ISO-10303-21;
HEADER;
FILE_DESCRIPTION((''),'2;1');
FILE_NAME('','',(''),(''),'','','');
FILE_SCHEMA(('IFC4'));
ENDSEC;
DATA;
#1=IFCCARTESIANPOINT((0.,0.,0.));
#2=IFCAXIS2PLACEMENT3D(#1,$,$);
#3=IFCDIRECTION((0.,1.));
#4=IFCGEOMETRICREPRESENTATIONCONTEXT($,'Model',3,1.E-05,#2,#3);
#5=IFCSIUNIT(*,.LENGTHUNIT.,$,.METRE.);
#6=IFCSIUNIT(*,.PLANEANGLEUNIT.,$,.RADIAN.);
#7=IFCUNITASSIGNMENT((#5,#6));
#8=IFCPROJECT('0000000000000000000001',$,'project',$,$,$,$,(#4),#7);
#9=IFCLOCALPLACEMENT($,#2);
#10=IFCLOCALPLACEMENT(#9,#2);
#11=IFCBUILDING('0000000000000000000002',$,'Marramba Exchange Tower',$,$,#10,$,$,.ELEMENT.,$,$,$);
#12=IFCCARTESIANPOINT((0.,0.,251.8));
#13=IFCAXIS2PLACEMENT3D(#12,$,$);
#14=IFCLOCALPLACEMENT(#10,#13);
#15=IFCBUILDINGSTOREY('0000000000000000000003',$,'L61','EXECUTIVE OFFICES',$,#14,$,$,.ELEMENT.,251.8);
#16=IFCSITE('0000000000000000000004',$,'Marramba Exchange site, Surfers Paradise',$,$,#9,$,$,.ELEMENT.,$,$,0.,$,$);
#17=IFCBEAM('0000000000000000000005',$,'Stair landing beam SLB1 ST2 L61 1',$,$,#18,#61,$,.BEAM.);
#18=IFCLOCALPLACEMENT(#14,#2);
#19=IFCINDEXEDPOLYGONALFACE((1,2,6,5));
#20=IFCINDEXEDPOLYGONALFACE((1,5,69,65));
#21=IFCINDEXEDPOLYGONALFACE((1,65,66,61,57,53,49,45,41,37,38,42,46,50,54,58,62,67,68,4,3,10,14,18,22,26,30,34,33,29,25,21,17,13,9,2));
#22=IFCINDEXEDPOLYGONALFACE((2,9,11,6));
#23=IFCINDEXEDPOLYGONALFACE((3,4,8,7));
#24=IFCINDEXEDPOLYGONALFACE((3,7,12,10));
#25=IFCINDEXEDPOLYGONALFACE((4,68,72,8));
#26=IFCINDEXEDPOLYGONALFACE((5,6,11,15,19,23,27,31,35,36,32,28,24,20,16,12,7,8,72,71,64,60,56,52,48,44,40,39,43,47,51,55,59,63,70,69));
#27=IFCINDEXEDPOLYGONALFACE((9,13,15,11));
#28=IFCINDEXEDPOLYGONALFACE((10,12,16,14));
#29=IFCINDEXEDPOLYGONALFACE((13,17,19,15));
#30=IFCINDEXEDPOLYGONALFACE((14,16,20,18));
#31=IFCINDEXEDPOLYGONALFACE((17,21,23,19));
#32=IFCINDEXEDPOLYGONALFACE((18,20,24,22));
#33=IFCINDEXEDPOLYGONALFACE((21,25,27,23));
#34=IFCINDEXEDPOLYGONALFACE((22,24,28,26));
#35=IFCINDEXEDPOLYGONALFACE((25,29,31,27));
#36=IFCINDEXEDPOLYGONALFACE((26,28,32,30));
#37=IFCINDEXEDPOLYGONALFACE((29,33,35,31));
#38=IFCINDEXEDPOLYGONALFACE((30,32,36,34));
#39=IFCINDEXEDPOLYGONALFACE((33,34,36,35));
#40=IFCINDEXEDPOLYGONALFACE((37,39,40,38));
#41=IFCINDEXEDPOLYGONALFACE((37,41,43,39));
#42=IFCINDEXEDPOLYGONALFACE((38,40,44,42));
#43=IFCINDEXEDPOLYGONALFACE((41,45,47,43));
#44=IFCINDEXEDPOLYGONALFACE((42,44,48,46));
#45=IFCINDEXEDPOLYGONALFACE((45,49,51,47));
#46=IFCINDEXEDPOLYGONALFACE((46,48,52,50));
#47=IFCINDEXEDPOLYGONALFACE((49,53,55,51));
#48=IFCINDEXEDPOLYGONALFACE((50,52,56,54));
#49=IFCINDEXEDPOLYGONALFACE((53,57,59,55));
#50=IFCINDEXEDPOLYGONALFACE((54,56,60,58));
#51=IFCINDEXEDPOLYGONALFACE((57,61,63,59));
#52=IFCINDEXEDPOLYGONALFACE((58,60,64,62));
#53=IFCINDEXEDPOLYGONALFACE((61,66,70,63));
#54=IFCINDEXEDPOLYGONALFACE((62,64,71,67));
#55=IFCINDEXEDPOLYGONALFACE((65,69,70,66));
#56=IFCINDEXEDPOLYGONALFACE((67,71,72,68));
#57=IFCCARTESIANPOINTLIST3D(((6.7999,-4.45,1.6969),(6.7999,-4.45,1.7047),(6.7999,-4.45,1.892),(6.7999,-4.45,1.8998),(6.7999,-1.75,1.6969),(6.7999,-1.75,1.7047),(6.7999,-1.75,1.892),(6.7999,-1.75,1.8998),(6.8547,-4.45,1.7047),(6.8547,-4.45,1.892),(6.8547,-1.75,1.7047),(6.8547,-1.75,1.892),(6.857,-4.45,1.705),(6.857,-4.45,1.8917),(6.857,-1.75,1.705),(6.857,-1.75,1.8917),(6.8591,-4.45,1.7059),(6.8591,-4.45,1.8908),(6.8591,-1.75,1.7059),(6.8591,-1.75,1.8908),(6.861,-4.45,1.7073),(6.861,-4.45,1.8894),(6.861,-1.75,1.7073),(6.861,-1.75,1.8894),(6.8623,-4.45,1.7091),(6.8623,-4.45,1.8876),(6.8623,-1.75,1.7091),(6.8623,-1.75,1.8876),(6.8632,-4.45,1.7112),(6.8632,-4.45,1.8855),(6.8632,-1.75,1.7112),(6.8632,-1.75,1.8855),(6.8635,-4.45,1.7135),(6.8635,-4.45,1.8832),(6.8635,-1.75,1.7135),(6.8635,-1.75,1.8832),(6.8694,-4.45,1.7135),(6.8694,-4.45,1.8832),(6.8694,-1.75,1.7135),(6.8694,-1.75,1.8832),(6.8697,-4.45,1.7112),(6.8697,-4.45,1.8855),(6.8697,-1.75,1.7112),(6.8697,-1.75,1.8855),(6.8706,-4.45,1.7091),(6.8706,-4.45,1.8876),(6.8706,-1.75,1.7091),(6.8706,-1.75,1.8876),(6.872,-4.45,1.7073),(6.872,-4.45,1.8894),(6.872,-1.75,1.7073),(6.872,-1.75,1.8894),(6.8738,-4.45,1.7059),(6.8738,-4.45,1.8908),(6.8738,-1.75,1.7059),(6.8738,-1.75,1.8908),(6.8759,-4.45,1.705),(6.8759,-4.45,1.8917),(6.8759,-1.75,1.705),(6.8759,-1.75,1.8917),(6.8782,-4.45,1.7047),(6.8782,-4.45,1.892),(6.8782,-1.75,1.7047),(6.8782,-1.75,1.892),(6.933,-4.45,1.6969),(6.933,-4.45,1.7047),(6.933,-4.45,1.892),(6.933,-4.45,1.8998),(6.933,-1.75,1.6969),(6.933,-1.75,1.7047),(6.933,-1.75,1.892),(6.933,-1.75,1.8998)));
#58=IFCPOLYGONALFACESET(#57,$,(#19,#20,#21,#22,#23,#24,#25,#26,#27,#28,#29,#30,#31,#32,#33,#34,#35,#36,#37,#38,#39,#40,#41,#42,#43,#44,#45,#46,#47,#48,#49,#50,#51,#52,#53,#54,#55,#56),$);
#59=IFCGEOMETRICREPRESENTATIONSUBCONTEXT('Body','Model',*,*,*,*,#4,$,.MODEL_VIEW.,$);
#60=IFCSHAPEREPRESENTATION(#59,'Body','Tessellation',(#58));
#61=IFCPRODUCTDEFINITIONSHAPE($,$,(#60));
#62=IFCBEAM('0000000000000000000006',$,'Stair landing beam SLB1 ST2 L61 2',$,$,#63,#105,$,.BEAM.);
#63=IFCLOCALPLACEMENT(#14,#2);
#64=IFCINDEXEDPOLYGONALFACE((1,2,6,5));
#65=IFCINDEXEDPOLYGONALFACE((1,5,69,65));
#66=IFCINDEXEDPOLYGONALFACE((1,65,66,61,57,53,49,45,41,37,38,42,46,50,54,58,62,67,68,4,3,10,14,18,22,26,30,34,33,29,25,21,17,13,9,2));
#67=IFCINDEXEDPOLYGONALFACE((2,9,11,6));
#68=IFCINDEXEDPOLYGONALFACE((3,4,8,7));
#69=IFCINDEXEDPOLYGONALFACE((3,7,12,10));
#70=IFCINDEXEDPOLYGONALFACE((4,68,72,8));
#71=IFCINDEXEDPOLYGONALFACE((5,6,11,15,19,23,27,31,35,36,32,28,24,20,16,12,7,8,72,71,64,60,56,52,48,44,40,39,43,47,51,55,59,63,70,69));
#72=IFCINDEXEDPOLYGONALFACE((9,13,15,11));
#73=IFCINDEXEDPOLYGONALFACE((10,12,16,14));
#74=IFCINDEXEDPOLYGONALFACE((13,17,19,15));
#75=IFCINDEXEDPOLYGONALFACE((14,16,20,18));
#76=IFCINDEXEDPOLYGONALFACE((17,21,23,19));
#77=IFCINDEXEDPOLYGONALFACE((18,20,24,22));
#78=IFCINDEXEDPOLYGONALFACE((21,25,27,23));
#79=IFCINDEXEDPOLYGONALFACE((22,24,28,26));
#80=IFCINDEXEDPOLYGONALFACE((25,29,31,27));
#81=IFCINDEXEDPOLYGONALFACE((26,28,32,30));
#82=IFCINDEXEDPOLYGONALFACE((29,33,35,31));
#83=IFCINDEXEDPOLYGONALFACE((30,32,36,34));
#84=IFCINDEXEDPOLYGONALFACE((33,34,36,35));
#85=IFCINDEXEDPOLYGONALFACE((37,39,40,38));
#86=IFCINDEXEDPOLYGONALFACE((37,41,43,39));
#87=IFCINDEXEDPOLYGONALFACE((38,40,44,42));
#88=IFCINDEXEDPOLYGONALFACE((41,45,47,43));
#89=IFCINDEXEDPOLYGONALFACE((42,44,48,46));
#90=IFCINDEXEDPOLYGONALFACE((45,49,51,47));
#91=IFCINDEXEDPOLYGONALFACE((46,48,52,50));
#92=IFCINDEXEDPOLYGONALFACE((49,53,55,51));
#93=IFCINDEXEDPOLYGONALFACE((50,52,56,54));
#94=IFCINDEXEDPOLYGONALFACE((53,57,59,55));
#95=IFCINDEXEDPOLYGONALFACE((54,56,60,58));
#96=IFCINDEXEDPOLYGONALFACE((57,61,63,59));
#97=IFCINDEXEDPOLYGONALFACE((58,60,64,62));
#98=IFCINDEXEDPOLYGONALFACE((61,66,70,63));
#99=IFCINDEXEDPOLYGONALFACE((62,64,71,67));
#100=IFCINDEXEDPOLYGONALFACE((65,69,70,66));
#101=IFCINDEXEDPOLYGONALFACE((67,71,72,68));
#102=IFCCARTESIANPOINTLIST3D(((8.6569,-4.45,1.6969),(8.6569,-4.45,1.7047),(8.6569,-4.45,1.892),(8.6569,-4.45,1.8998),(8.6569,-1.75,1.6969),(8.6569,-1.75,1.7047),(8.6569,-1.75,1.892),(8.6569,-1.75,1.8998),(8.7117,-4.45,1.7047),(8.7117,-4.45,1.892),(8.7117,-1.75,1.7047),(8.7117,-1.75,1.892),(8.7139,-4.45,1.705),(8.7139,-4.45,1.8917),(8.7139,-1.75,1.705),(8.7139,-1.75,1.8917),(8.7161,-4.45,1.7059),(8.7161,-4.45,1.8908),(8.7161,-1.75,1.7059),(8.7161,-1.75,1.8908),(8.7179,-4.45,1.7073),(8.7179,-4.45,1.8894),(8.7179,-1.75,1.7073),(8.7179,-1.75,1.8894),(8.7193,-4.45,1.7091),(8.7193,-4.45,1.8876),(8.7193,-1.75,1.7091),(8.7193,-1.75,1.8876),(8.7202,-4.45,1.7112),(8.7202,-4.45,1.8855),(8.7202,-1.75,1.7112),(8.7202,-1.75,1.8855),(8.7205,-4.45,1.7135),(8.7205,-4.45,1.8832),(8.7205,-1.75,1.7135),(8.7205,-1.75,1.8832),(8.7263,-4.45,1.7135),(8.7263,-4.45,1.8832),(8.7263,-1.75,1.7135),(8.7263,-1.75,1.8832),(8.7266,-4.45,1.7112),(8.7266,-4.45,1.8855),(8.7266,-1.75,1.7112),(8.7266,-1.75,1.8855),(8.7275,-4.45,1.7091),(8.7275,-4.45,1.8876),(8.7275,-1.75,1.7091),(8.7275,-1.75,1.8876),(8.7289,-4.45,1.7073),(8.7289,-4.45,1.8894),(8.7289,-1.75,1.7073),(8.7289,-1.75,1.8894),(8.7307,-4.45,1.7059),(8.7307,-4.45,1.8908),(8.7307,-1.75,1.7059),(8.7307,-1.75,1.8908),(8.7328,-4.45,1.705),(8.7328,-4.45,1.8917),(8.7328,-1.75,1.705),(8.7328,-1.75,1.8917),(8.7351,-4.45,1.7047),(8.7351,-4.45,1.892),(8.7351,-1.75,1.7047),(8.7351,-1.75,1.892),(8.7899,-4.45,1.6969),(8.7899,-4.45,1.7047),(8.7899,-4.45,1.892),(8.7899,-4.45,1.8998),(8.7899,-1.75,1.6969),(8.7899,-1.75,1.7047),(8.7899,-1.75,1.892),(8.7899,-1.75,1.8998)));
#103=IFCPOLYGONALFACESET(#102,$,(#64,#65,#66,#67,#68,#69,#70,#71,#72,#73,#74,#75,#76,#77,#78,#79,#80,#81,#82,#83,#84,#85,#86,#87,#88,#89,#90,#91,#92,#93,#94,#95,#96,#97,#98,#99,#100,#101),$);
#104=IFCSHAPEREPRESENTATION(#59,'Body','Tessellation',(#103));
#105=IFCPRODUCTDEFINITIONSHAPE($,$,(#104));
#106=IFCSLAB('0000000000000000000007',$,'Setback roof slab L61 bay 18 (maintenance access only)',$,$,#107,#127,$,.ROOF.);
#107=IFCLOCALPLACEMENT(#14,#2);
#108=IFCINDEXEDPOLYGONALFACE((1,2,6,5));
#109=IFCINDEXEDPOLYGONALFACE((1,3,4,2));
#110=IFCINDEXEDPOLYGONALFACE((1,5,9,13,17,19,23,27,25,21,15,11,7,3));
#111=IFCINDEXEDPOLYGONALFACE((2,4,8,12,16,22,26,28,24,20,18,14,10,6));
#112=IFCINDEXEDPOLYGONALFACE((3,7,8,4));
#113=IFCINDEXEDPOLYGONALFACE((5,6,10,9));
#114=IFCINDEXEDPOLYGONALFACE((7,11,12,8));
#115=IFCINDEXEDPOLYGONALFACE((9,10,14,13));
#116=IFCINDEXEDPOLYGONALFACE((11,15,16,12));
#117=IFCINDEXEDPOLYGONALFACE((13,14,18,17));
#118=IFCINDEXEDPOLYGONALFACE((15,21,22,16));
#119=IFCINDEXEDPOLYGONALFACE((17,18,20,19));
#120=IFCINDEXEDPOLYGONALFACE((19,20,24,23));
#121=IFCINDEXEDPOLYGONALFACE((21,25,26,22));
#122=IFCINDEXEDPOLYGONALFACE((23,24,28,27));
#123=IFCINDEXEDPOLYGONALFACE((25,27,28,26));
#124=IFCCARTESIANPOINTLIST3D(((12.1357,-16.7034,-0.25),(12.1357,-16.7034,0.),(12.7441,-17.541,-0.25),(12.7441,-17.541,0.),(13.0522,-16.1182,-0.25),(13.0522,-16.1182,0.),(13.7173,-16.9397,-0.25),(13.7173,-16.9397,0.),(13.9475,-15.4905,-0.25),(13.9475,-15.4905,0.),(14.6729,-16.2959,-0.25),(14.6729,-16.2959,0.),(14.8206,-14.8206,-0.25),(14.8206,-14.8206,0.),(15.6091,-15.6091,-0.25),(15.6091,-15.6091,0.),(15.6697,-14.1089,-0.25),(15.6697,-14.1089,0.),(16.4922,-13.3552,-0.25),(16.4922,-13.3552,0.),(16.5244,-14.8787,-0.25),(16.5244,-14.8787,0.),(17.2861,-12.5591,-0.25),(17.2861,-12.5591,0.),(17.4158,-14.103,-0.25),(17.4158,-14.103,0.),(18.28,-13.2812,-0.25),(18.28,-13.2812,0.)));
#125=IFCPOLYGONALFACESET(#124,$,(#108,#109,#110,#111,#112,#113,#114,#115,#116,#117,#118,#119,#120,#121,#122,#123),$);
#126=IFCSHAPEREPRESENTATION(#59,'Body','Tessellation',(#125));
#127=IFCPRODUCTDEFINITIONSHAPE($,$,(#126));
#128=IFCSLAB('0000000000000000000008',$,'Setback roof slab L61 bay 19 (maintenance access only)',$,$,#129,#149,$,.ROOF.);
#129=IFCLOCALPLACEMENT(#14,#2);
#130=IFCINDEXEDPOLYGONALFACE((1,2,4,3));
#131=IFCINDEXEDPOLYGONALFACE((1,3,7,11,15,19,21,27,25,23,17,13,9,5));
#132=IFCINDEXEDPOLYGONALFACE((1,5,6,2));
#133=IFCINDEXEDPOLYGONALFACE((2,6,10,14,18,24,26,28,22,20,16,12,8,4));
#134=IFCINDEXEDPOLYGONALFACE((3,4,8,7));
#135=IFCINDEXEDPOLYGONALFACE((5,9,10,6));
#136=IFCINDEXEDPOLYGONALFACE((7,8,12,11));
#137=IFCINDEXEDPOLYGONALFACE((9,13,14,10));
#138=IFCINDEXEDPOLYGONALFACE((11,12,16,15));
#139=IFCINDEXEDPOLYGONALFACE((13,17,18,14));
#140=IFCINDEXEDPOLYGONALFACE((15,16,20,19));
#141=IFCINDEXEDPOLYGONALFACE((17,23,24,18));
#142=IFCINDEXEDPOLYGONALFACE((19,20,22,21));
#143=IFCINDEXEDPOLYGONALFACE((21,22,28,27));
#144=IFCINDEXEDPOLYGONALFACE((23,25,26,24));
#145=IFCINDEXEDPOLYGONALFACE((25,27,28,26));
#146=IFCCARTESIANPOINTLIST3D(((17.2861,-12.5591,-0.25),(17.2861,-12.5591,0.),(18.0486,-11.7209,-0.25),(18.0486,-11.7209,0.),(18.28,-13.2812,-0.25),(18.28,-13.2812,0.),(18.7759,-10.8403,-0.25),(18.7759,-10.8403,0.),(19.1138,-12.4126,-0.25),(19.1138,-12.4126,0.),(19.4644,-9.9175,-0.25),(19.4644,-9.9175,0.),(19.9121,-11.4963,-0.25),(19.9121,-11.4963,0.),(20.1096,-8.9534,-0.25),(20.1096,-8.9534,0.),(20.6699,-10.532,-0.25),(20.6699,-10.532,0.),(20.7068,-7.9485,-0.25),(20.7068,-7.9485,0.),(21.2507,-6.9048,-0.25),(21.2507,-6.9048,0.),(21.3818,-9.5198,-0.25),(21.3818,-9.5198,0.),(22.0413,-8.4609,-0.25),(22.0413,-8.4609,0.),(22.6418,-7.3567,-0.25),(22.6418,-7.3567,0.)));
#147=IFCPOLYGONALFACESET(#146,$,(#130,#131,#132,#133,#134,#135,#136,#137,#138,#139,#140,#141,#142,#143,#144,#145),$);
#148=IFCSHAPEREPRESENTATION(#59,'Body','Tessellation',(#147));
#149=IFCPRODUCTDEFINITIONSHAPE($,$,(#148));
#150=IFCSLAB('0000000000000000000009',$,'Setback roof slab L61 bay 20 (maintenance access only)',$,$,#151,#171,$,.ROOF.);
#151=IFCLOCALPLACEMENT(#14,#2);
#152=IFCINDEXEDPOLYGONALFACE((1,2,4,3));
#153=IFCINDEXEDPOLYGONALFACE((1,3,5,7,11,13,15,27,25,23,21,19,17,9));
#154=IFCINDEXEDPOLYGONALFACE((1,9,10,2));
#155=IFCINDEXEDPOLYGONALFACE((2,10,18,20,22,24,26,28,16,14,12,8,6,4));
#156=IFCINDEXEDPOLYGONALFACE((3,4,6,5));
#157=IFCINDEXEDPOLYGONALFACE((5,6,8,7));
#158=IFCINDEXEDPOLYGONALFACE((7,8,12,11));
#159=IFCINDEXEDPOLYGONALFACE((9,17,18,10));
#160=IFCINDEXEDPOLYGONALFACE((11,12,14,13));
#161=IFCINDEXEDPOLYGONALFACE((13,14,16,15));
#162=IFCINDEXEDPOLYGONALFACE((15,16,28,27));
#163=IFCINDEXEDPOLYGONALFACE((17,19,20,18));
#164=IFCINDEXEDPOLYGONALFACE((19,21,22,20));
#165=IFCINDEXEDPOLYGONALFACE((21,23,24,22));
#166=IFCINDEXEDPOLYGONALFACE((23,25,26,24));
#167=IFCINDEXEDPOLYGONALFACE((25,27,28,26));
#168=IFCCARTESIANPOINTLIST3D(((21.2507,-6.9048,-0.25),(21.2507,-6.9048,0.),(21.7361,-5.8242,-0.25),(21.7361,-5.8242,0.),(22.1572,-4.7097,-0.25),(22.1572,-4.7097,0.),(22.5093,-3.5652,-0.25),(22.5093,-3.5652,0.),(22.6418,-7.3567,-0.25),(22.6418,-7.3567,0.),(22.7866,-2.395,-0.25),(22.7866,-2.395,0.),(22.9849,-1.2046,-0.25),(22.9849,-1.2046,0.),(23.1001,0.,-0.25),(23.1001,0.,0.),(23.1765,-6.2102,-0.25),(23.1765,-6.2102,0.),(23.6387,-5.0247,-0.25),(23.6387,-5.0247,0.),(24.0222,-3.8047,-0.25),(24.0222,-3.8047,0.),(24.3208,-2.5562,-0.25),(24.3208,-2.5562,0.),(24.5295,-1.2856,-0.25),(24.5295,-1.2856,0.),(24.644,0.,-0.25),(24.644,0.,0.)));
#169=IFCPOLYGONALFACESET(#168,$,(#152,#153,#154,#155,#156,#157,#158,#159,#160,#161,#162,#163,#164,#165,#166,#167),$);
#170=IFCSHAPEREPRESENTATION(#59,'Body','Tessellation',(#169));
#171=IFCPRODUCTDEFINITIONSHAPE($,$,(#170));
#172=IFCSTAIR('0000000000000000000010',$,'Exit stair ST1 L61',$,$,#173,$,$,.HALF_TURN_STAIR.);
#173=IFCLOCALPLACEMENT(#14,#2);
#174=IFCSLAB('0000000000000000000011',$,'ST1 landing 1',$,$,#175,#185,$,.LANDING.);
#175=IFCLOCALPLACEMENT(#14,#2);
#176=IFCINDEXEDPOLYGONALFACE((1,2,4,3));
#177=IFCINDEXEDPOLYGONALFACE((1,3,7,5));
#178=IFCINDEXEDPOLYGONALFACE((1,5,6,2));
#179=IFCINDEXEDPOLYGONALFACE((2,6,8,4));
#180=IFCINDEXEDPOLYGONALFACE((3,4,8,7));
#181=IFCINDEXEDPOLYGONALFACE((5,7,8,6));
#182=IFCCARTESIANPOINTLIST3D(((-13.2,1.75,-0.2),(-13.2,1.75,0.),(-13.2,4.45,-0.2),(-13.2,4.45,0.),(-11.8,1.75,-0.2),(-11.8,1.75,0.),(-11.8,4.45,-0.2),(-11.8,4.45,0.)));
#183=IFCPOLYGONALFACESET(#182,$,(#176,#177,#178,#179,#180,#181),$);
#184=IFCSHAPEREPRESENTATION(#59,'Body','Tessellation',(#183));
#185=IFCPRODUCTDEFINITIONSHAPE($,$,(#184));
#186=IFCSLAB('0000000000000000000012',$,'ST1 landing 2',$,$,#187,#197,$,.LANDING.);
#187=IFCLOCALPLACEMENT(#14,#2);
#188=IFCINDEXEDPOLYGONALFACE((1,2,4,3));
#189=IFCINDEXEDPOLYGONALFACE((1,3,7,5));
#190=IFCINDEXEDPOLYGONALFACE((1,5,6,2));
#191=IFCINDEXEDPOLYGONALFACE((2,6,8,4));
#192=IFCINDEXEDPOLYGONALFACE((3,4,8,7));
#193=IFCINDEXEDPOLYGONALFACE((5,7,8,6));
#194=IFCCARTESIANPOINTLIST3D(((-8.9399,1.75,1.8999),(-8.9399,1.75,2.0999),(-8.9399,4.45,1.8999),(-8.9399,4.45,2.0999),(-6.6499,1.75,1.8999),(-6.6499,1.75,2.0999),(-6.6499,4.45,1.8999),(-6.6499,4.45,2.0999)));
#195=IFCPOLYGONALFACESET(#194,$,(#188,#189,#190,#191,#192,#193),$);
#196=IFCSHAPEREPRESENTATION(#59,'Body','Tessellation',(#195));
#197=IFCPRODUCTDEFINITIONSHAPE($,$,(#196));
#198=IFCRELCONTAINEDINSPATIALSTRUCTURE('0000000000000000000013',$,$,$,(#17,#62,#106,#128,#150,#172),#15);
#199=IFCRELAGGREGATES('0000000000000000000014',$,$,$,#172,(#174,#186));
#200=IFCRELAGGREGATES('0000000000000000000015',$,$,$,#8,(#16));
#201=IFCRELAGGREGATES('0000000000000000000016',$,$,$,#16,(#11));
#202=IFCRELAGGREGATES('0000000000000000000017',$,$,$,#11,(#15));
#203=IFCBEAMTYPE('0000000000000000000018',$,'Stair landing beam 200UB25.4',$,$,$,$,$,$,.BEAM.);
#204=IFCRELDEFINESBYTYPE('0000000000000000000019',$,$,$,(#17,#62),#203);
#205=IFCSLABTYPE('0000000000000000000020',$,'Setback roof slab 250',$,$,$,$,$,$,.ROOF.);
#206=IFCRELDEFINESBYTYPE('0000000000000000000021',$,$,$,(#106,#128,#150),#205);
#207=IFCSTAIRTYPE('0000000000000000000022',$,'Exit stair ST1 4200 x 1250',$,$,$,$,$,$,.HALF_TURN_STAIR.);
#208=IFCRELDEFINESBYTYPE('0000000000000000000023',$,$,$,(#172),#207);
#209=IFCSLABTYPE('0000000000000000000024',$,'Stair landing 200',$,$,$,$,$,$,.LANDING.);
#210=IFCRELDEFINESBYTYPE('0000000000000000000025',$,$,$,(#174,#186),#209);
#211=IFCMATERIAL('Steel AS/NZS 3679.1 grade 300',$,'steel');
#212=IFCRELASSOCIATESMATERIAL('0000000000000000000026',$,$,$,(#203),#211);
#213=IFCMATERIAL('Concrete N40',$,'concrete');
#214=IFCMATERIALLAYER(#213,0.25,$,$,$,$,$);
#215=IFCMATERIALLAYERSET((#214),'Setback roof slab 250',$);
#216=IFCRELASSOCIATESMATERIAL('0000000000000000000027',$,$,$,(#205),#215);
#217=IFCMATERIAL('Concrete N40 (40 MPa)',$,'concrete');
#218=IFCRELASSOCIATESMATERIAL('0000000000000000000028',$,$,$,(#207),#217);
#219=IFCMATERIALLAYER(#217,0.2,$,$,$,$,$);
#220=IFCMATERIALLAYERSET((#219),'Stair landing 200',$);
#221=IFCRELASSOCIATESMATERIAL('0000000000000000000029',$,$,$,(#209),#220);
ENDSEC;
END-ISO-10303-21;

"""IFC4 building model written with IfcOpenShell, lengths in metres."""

from ifc_helpers import new_model, si_unit, direction, frame, origin, origin_2d, place, context, subcontext, project, spatial, polyline, i_section, outline, extrude, material, layer, layer_set, material_profile, profile_set, type_object, element, aggregate, save


model = new_model("IFC4")

# Units and contexts
model_context = context("Model", 3, precision=1e-05, world=origin(), true_north=direction((0.0, 1.0)))
body_context = subcontext(model_context, "Body", "Model", "MODEL_VIEW")
ifc_project = project(units=[si_unit("LENGTHUNIT", "METRE"), si_unit("PLANEANGLEUNIT", "RADIAN")], contexts=[model_context])

# Site, building, storey
site_placement = place(None, origin())
site = spatial("IfcSite", under=ifc_project, at=site_placement, Name="Marramba Exchange site, Surfers Paradise", CompositionType="ELEMENT", RefElevation=0.0)
building_placement = place(site_placement, origin())
building = spatial("IfcBuilding", under=site, at=building_placement, Name="Marramba Exchange Tower", CompositionType="ELEMENT")
storey_placement = place(building_placement, frame((0.0, 0.0, 251.8)))
storey = spatial("IfcBuildingStorey", under=building, at=storey_placement, Name="L61", Description="EXECUTIVE OFFICES", CompositionType="ELEMENT", Elevation=251.8)

# Beams
ifc_material_1 = material(Name="Steel AS/NZS 3679.1 grade 300", Category="steel")
ifc_material_profile_1 = material_profile(ifc_material_1, i_section(OverallWidth=0.1331, OverallDepth=0.2029, WebThickness=0.0059, FlangeThickness=0.0078, FilletRadius=0.0088, at=origin_2d()), Name="200UB25.4")
ifc_profile_set_1 = profile_set([ifc_material_profile_1], Name="Steel AS/NZS 3679.1 grade 300")
beam_type_1 = type_object("IfcBeamType", Name="Stair landing beam 200UB25.4", PredefinedType="BEAM", material=ifc_profile_set_1)
for number, where, z_axis, x_axis, name in (
    (1, (6.8665, -4.45, 1.7983), (0.0, 1.0, 0.0), (-1.0, 0.0, 0.0), "Stair landing beam SLB1 ST2 L61 1"),
    (2, (8.7234, -4.45, 1.7983), (0.0, 1.0, 0.0), (-1.0, 0.0, 0.0), "Stair landing beam SLB1 ST2 L61 2"),
):
    element("IfcBeam", number, at=place(storey_placement, frame(where, z_axis=z_axis, x_axis=x_axis)), inside=storey, type_object=beam_type_1, Name=name, PredefinedType="BEAM", context=body_context, shape_type="SweptSolid", body=[
        extrude(i_section(OverallWidth=0.1331, OverallDepth=0.2029, WebThickness=0.0059, FlangeThickness=0.0078, FilletRadius=0.0088, at=origin_2d()), origin(), (0.0, 0.0, 1.0), 2.7),
    ])

# Slabs
ifc_material_2 = material(Name="Concrete N40", Category="concrete")
ifc_layer_1 = layer(ifc_material_2, 0.25)
ifc_layer_set_1 = layer_set([ifc_layer_1], Name="Setback roof slab 250")
slab_type_1 = type_object("IfcSlabType", Name="Setback roof slab 250", PredefinedType="ROOF", material=ifc_layer_set_1)
slab_1_placement = place(storey_placement, frame((0.0, 0.0, -0.25)))
element("IfcSlab", 3, at=slab_1_placement, inside=storey, type_object=slab_type_1, Name="Setback roof slab L61 bay 18 (maintenance access only)", PredefinedType="ROOF", context=body_context, shape_type="SweptSolid", body=[
    extrude(outline(polyline([(18.28, -13.2812), (17.4158, -14.103), (16.5244, -14.8787), (15.6091, -15.6091), (14.6729, -16.2959), (13.7173, -16.9397), (12.7441, -17.541), (12.1357, -16.7034), (13.0522, -16.1182), (13.9475, -15.4905), (14.8206, -14.8206), (15.6697, -14.1089), (16.4922, -13.3552), (17.2861, -12.5591), (18.28, -13.2812)])), origin(), (0.0, 0.0, 1.0), 0.25),
])
slab_2_placement = place(storey_placement, frame((0.0, 0.0, -0.25)))
element("IfcSlab", 4, at=slab_2_placement, inside=storey, type_object=slab_type_1, Name="Setback roof slab L61 bay 19 (maintenance access only)", PredefinedType="ROOF", context=body_context, shape_type="SweptSolid", body=[
    extrude(outline(polyline([(22.6418, -7.3567), (22.0413, -8.4609), (21.3818, -9.5198), (20.6699, -10.532), (19.9121, -11.4963), (19.1138, -12.4126), (18.28, -13.2812), (17.2861, -12.5591), (18.0486, -11.7209), (18.7759, -10.8403), (19.4644, -9.9175), (20.1096, -8.9534), (20.7068, -7.9485), (21.2507, -6.9048), (22.6418, -7.3567)])), origin(), (0.0, 0.0, 1.0), 0.25),
])
slab_3_placement = place(storey_placement, frame((0.0, 0.0, -0.25)))
element("IfcSlab", 5, at=slab_3_placement, inside=storey, type_object=slab_type_1, Name="Setback roof slab L61 bay 20 (maintenance access only)", PredefinedType="ROOF", context=body_context, shape_type="SweptSolid", body=[
    extrude(outline(polyline([(24.5295, -1.2856), (24.3208, -2.5562), (24.0222, -3.8047), (23.6387, -5.0247), (23.1765, -6.2102), (22.6418, -7.3567), (21.2507, -6.9048), (21.7361, -5.8242), (22.1572, -4.7097), (22.5093, -3.5652), (22.7866, -2.395), (22.9849, -1.2046), (23.1001, 0.0), (24.644, 0.0), (24.5295, -1.2856)])), origin(), (0.0, 0.0, 1.0), 0.25),
])

# Stair, slabs
ifc_material_3 = material(Name="Concrete N40 (40 MPa)", Category="concrete")
stair_type_1 = type_object("IfcStairType", Name="Exit stair ST1 4200 x 1250", PredefinedType="HALF_TURN_STAIR", material=ifc_material_3)
stair_1_placement = place(storey_placement, origin())
stair_1 = element("IfcStair", 6, at=stair_1_placement, inside=storey, type_object=stair_type_1, Name="Exit stair ST1 L61", PredefinedType="HALF_TURN_STAIR")
ifc_layer_2 = layer(ifc_material_3, 0.2)
ifc_layer_set_2 = layer_set([ifc_layer_2], Name="Stair landing 200")
slab_type_2 = type_object("IfcSlabType", Name="Stair landing 200", PredefinedType="LANDING", material=ifc_layer_set_2)
slab_4_placement = place(storey_placement, frame((0.0, 0.0, -0.2)))
slab_4 = element("IfcSlab", 7, at=slab_4_placement, type_object=slab_type_2, Name="ST1 landing 1", PredefinedType="LANDING", context=body_context, shape_type="SweptSolid", body=[
    extrude(outline(polyline([(-13.2, 1.75), (-11.8, 1.75), (-11.8, 4.45), (-13.2, 4.45), (-13.2, 1.75)])), origin(), (0.0, 0.0, 1.0), 0.2),
])
slab_5_placement = place(storey_placement, frame((0.0, 0.0, 1.8999)))
slab_5 = element("IfcSlab", 8, at=slab_5_placement, type_object=slab_type_2, Name="ST1 landing 2", PredefinedType="LANDING", context=body_context, shape_type="SweptSolid", body=[
    extrude(outline(polyline([(-8.9399, 1.75), (-6.6499, 1.75), (-6.6499, 4.45), (-8.9399, 4.45), (-8.9399, 1.75)])), origin(), (0.0, 0.0, 1.0), 0.2),
])
aggregate(stair_1, [slab_4, slab_5])

save(model, "model.ifc")
